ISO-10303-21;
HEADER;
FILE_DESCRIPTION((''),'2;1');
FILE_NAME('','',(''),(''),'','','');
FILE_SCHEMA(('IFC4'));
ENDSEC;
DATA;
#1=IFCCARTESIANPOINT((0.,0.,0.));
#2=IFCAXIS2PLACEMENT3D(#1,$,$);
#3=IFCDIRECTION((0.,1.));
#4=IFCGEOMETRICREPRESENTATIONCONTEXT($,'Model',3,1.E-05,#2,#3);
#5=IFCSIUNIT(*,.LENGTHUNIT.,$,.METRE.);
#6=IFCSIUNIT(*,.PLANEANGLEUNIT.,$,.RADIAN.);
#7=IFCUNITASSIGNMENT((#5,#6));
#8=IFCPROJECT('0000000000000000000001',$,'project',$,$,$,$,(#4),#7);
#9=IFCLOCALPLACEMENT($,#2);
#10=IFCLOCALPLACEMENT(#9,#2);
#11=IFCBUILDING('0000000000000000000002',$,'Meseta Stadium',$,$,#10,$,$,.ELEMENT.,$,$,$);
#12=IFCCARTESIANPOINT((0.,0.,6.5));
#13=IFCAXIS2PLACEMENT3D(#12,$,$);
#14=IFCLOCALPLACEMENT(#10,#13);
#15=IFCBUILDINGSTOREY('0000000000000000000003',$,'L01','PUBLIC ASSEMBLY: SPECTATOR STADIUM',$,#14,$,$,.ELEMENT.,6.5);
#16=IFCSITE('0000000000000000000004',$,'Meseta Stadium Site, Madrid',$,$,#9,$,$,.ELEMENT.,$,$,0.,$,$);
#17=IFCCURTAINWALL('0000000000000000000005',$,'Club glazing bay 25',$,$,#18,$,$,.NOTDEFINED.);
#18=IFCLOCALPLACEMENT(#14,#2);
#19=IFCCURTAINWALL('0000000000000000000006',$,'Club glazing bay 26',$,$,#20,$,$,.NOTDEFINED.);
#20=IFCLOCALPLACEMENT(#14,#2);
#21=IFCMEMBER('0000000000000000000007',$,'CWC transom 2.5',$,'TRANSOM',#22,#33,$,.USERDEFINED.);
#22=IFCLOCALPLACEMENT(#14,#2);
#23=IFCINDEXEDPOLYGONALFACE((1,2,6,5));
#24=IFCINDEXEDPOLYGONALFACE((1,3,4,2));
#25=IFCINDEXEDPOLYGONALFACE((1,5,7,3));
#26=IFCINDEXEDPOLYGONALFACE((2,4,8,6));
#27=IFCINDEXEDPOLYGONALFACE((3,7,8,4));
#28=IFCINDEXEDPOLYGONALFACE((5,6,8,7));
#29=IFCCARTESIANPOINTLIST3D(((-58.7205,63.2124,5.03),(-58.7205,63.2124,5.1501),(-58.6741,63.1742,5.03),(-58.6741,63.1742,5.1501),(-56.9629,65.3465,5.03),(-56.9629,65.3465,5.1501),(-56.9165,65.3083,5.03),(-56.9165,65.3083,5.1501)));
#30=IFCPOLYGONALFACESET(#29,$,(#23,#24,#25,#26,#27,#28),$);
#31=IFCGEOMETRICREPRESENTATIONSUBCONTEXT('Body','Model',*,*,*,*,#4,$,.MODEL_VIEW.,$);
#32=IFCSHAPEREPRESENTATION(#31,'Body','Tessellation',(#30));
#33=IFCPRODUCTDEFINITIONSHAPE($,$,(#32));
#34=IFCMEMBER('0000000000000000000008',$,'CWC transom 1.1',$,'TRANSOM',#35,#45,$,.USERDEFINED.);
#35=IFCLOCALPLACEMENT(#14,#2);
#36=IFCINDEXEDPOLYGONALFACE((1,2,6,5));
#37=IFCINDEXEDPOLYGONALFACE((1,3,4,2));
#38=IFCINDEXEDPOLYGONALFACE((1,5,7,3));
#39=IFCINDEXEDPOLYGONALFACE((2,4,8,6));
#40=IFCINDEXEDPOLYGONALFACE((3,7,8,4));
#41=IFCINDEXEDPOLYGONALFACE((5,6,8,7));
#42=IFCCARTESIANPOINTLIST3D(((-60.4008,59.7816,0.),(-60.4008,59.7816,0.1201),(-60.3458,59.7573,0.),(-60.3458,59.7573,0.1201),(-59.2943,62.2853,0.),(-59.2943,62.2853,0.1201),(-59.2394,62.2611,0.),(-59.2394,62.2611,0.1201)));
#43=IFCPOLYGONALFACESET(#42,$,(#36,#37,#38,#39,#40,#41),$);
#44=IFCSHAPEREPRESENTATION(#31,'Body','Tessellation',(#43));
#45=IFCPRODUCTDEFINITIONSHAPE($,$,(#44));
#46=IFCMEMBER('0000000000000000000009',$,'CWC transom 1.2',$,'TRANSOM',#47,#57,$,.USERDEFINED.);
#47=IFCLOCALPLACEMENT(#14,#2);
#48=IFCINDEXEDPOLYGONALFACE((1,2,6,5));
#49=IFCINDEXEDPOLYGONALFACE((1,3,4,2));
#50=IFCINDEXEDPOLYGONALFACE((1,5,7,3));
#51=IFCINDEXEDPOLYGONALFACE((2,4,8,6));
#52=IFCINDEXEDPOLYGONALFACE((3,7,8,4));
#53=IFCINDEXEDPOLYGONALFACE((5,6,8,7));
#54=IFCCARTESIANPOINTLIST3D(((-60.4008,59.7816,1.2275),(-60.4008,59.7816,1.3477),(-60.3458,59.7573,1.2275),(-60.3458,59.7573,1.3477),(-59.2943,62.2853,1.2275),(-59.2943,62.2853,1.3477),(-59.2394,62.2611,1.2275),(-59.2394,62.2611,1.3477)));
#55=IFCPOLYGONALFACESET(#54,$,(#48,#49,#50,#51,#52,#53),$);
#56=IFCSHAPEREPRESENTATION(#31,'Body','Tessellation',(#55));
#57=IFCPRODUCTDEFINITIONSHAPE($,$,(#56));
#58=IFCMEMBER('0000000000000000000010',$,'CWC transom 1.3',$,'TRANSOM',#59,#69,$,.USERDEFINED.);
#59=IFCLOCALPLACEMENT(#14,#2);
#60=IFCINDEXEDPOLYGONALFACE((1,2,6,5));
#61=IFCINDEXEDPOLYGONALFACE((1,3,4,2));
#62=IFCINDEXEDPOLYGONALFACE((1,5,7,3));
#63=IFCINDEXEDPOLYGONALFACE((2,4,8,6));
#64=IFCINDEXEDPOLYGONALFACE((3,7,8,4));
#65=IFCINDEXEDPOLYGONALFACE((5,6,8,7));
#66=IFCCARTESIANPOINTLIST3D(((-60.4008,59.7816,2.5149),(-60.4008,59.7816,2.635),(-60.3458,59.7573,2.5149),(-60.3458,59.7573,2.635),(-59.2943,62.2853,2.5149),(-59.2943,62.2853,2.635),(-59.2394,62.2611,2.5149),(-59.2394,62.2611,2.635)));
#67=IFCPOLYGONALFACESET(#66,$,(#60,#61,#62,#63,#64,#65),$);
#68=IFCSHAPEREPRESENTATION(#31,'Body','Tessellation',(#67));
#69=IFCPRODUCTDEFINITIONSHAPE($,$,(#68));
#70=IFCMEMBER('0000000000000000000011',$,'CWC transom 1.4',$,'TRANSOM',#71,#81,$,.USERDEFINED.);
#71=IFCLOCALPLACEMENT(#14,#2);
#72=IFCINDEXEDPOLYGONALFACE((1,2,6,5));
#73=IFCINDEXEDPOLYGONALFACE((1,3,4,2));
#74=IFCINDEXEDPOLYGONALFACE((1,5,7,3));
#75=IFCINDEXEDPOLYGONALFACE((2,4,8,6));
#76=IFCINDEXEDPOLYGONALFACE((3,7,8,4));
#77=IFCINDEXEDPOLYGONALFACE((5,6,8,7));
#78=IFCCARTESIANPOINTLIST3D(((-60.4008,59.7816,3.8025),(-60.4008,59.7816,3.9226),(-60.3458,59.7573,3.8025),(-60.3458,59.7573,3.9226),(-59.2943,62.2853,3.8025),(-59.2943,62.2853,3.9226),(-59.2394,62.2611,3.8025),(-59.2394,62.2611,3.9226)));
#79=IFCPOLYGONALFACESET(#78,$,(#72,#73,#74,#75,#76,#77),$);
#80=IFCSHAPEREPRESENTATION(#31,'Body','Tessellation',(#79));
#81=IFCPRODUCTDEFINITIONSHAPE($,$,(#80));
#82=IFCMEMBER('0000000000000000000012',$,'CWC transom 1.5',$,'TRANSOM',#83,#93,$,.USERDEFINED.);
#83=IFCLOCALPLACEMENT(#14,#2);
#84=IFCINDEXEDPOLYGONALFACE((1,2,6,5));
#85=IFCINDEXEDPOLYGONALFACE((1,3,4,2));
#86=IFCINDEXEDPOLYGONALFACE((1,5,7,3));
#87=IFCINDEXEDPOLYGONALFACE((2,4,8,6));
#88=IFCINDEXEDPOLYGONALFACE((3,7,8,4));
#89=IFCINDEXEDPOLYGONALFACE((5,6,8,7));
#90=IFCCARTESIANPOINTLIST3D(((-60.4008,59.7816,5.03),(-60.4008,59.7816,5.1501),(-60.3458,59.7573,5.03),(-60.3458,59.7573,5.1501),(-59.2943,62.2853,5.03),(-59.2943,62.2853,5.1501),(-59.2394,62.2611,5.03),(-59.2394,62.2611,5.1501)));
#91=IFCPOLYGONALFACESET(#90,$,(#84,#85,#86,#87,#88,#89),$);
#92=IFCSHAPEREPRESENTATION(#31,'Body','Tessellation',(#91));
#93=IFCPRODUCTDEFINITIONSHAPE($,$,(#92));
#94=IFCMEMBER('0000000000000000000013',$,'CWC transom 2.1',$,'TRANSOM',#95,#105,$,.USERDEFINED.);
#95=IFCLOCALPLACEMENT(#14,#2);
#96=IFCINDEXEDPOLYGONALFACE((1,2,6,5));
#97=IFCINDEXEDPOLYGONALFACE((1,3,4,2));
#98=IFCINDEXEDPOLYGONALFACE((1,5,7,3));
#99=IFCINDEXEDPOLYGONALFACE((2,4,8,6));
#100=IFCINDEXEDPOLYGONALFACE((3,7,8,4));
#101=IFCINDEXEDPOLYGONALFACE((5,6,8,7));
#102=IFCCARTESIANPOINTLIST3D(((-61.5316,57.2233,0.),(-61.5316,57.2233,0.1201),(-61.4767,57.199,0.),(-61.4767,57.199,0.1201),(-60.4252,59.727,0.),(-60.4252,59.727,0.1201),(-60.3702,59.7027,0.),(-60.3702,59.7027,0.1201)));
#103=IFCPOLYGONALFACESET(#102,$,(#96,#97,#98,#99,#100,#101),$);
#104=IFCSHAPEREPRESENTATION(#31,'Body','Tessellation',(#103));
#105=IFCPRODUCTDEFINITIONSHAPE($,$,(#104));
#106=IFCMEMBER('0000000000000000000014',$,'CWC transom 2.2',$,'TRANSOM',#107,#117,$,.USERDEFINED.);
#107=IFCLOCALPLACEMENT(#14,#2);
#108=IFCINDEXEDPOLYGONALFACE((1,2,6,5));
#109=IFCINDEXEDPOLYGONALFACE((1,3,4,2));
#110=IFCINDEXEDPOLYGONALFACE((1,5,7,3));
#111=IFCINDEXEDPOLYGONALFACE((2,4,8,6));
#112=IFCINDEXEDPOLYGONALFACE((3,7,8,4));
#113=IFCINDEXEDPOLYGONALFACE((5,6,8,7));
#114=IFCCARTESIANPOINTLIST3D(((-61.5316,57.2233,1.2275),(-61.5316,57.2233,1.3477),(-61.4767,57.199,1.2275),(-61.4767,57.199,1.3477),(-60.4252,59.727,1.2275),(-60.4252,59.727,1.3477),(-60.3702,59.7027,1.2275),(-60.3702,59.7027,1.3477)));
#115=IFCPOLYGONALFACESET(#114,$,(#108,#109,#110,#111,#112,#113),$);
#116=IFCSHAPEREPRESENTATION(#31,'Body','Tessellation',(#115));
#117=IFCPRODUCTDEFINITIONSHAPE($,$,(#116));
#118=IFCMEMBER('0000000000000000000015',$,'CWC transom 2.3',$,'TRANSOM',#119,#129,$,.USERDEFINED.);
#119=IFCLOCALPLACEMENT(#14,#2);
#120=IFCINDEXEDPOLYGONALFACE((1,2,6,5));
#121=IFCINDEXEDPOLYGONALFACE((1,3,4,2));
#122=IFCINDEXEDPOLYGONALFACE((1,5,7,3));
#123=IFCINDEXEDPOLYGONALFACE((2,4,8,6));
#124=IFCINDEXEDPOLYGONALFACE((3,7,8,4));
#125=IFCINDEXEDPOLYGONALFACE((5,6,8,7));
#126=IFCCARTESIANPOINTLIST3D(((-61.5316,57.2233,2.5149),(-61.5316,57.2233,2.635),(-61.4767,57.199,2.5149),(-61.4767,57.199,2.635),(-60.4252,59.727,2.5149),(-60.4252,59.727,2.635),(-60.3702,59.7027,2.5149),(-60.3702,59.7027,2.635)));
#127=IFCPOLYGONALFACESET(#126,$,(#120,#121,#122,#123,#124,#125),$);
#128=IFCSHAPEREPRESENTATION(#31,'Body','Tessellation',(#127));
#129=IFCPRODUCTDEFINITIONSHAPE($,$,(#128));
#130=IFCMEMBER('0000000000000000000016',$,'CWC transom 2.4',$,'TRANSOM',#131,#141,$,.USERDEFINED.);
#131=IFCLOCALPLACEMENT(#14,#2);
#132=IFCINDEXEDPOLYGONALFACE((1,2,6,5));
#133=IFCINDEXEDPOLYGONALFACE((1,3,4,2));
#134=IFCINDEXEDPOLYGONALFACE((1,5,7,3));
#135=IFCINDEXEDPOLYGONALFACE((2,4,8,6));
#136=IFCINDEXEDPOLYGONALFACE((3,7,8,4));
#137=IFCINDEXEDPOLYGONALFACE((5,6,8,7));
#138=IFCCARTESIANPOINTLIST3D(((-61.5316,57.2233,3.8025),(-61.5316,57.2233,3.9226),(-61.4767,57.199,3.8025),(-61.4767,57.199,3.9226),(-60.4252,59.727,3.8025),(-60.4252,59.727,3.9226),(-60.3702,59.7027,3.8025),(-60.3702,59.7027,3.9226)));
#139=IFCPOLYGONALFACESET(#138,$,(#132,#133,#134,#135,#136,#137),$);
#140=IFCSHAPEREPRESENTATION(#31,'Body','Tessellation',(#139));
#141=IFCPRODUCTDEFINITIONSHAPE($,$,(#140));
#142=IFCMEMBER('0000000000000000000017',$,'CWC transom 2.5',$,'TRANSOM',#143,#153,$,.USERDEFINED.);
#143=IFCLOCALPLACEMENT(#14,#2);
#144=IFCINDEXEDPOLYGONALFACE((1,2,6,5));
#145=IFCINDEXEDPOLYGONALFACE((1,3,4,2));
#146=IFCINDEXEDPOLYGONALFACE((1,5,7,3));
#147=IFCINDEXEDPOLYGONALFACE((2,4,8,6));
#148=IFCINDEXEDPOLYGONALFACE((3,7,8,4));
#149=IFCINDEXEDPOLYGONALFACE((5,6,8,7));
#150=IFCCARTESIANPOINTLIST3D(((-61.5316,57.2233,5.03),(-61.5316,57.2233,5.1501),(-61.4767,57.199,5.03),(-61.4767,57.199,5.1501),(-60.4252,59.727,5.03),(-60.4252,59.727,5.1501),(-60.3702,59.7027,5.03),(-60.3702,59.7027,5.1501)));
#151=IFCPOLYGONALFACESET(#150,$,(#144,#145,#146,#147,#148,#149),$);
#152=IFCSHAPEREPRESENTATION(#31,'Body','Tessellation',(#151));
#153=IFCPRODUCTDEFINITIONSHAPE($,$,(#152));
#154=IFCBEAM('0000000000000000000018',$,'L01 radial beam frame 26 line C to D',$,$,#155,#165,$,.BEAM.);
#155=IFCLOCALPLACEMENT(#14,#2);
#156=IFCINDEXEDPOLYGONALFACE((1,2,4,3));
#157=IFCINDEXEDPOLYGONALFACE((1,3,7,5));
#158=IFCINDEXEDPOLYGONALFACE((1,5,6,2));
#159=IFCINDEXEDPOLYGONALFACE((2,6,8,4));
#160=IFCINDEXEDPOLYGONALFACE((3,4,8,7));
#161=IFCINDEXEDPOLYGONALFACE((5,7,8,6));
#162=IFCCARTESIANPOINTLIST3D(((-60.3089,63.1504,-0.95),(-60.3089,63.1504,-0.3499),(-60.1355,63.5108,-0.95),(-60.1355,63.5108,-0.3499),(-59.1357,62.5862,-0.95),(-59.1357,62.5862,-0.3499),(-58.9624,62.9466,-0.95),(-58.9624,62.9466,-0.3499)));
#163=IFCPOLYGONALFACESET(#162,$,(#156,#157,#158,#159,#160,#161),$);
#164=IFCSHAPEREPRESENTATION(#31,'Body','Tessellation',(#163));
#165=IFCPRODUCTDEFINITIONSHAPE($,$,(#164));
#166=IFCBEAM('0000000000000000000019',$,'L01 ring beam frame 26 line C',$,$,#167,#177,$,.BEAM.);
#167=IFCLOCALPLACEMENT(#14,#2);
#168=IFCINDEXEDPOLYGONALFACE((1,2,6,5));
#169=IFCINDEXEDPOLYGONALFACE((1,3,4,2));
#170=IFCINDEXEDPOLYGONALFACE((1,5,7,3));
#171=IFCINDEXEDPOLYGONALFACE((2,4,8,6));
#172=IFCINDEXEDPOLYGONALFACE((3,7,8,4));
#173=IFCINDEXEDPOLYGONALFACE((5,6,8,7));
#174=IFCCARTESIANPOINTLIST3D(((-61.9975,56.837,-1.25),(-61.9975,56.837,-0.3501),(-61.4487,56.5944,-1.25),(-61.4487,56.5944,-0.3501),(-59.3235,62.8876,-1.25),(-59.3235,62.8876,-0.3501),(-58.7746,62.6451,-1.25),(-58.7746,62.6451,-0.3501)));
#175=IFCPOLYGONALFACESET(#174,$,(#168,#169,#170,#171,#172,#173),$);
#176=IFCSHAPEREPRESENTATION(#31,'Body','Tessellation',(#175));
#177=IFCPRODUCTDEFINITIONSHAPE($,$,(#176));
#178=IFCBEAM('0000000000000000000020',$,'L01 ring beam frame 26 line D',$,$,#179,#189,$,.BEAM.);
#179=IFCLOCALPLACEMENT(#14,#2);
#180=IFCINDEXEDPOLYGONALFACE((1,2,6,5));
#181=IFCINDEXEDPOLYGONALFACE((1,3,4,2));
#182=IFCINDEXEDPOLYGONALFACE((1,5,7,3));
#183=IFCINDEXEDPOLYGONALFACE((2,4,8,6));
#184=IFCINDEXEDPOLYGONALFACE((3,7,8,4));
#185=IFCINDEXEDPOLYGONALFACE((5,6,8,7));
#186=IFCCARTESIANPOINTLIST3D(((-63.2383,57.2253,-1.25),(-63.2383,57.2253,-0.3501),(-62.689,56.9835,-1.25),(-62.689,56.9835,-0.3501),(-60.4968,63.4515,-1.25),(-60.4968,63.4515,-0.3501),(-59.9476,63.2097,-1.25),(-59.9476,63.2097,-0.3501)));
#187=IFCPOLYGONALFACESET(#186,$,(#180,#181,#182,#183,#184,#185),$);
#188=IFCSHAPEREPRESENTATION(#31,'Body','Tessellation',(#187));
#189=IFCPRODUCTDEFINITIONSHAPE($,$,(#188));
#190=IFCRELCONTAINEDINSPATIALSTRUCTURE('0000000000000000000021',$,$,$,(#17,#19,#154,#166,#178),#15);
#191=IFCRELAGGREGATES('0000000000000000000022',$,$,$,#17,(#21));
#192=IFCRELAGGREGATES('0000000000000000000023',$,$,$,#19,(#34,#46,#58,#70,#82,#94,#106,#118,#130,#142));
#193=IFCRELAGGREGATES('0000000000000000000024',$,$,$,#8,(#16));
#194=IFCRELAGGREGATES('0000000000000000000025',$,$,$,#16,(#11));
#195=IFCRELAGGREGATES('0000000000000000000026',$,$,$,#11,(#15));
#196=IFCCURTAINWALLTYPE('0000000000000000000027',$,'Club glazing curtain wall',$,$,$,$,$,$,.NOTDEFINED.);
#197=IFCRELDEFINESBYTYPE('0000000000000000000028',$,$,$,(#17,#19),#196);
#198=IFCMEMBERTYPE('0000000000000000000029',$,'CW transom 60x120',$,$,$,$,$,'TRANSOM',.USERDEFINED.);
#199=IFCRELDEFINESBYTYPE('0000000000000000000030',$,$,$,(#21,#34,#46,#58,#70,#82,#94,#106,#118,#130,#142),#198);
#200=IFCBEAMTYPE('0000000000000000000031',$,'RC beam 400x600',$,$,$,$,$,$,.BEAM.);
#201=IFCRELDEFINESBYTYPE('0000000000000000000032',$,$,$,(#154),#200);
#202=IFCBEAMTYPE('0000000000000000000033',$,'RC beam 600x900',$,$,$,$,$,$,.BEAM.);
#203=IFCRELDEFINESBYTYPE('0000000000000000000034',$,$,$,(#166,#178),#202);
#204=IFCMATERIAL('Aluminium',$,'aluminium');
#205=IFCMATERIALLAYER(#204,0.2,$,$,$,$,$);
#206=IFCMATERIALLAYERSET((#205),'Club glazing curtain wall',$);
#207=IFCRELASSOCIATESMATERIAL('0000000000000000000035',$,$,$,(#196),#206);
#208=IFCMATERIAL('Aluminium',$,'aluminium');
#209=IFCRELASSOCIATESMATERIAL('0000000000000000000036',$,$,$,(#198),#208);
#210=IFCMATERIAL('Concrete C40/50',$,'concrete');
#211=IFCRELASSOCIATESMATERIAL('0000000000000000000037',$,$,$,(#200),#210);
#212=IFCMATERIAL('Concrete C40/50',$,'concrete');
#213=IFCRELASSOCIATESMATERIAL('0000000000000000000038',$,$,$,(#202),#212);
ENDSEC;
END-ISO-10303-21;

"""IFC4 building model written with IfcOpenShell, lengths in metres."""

from ifc_helpers import new_model, si_unit, direction, frame, origin, origin_2d, place, context, subcontext, project, spatial, rectangle, extrude, material, layer, layer_set, material_profile, profile_set, type_object, element, aggregate, save


model = new_model("IFC4")

# Units and contexts
model_context = context("Model", 3, precision=1e-05, world=origin(), true_north=direction((0.0, 1.0)))
body_context = subcontext(model_context, "Body", "Model", "MODEL_VIEW")
ifc_project = project(units=[si_unit("LENGTHUNIT", "METRE"), si_unit("PLANEANGLEUNIT", "RADIAN")], contexts=[model_context])

# Site, building, storey
site_placement = place(None, origin())
site = spatial("IfcSite", under=ifc_project, at=site_placement, Name="Meseta Stadium Site, Madrid", CompositionType="ELEMENT", RefElevation=0.0)
building_placement = place(site_placement, origin())
building = spatial("IfcBuilding", under=site, at=building_placement, Name="Meseta Stadium", CompositionType="ELEMENT")
storey_placement = place(building_placement, frame((0.0, 0.0, 6.5)))
storey = spatial("IfcBuildingStorey", under=building, at=storey_placement, Name="L01", Description="PUBLIC ASSEMBLY: SPECTATOR STADIUM", CompositionType="ELEMENT", Elevation=6.5)

# Curtain wall
ifc_material_1 = material(Name="Aluminium", Category="aluminium")
ifc_layer_1 = layer(ifc_material_1, 0.2)
ifc_layer_set_1 = layer_set([ifc_layer_1], Name="Club glazing curtain wall")
curtain_wall_type = type_object("IfcCurtainWallType", Name="Club glazing curtain wall", PredefinedType="NOTDEFINED", material=ifc_layer_set_1)
curtain_wall_1_placement = place(storey_placement, origin())
curtain_wall_1 = element("IfcCurtainWall", 1, at=curtain_wall_1_placement, inside=storey, type_object=curtain_wall_type, Name="Club glazing bay 25", PredefinedType="NOTDEFINED")

# Curtain wall
curtain_wall_2_placement = place(storey_placement, origin())
curtain_wall_2 = element("IfcCurtainWall", 2, at=curtain_wall_2_placement, inside=storey, type_object=curtain_wall_type, Name="Club glazing bay 26", PredefinedType="NOTDEFINED")

# Members
ifc_material_2 = material(Name="Aluminium", Category="aluminium")
ifc_material_profile_1 = material_profile(ifc_material_2, rectangle(XDim=0.0601, YDim=0.1201, at=origin_2d()), Name="CW 60x120")
ifc_profile_set_1 = profile_set([ifc_material_profile_1], Name="Aluminium")
member_type_1 = type_object("IfcMemberType", Name="CW transom 60x120", ElementType="TRANSOM", PredefinedType="USERDEFINED", material=ifc_profile_set_1)
member_1_placement = place(storey_placement, frame((-56.9397, 65.3274, 5.0901), z_axis=(-0.635735, -0.771907, 0.0), x_axis=(0.771907, -0.635735, 0.0)))
member_1 = element("IfcMember", 3, at=member_1_placement, type_object=member_type_1, Name="CWC transom 2.5", ObjectType="TRANSOM", PredefinedType="USERDEFINED", context=body_context, shape_type="SweptSolid", body=[
    extrude(rectangle(XDim=0.0601, YDim=0.1201, at=origin_2d()), origin(), (0.0, 0.0, 1.0), 2.7646),
])
member_2_placement = place(storey_placement, frame((-59.2668, 62.2732, 0.0601), z_axis=(-0.404218, -0.914663, 0.0), x_axis=(0.914663, -0.404218, 0.0)))
member_2 = element("IfcMember", 4, at=member_2_placement, type_object=member_type_1, Name="CWC transom 1.1", ObjectType="TRANSOM", PredefinedType="USERDEFINED", context=body_context, shape_type="SweptSolid", body=[
    extrude(rectangle(XDim=0.0601, YDim=0.1201, at=origin_2d()), origin(), (0.0, 0.0, 1.0), 2.7373),
])
member_3_placement = place(storey_placement, frame((-59.2668, 62.2732, 1.2876), z_axis=(-0.404218, -0.914663, 0.0), x_axis=(0.914663, -0.404218, 0.0)))
member_3 = element("IfcMember", 5, at=member_3_placement, type_object=member_type_1, Name="CWC transom 1.2", ObjectType="TRANSOM", PredefinedType="USERDEFINED", context=body_context, shape_type="SweptSolid", body=[
    extrude(rectangle(XDim=0.0601, YDim=0.1201, at=origin_2d()), origin(), (0.0, 0.0, 1.0), 2.7373),
])
member_4_placement = place(storey_placement, frame((-59.2668, 62.2732, 2.575), z_axis=(-0.404218, -0.914663, 0.0), x_axis=(0.914663, -0.404218, 0.0)))
member_4 = element("IfcMember", 6, at=member_4_placement, type_object=member_type_1, Name="CWC transom 1.3", ObjectType="TRANSOM", PredefinedType="USERDEFINED", context=body_context, shape_type="SweptSolid", body=[
    extrude(rectangle(XDim=0.0601, YDim=0.1201, at=origin_2d()), origin(), (0.0, 0.0, 1.0), 2.7373),
])
member_5_placement = place(storey_placement, frame((-59.2668, 62.2732, 3.8625), z_axis=(-0.404218, -0.914663, 0.0), x_axis=(0.914663, -0.404218, 0.0)))
member_5 = element("IfcMember", 7, at=member_5_placement, type_object=member_type_1, Name="CWC transom 1.4", ObjectType="TRANSOM", PredefinedType="USERDEFINED", context=body_context, shape_type="SweptSolid", body=[
    extrude(rectangle(XDim=0.0601, YDim=0.1201, at=origin_2d()), origin(), (0.0, 0.0, 1.0), 2.7373),
])
member_6_placement = place(storey_placement, frame((-59.2668, 62.2732, 5.0901), z_axis=(-0.404218, -0.914663, 0.0), x_axis=(0.914663, -0.404218, 0.0)))
member_6 = element("IfcMember", 8, at=member_6_placement, type_object=member_type_1, Name="CWC transom 1.5", ObjectType="TRANSOM", PredefinedType="USERDEFINED", context=body_context, shape_type="SweptSolid", body=[
    extrude(rectangle(XDim=0.0601, YDim=0.1201, at=origin_2d()), origin(), (0.0, 0.0, 1.0), 2.7373),
])
member_7_placement = place(storey_placement, frame((-60.3977, 59.7148, 0.0601), z_axis=(-0.404218, -0.914663, 0.0), x_axis=(0.914663, -0.404218, 0.0)))
member_7 = element("IfcMember", 9, at=member_7_placement, type_object=member_type_1, Name="CWC transom 2.1", ObjectType="TRANSOM", PredefinedType="USERDEFINED", context=body_context, shape_type="SweptSolid", body=[
    extrude(rectangle(XDim=0.0601, YDim=0.1201, at=origin_2d()), origin(), (0.0, 0.0, 1.0), 2.7373),
])
member_8_placement = place(storey_placement, frame((-60.3977, 59.7148, 1.2876), z_axis=(-0.404218, -0.914663, 0.0), x_axis=(0.914663, -0.404218, 0.0)))
member_8 = element("IfcMember", 10, at=member_8_placement, type_object=member_type_1, Name="CWC transom 2.2", ObjectType="TRANSOM", PredefinedType="USERDEFINED", context=body_context, shape_type="SweptSolid", body=[
    extrude(rectangle(XDim=0.0601, YDim=0.1201, at=origin_2d()), origin(), (0.0, 0.0, 1.0), 2.7373),
])
member_9_placement = place(storey_placement, frame((-60.3977, 59.7148, 2.575), z_axis=(-0.404218, -0.914663, 0.0), x_axis=(0.914663, -0.404218, 0.0)))
member_9 = element("IfcMember", 11, at=member_9_placement, type_object=member_type_1, Name="CWC transom 2.3", ObjectType="TRANSOM", PredefinedType="USERDEFINED", context=body_context, shape_type="SweptSolid", body=[
    extrude(rectangle(XDim=0.0601, YDim=0.1201, at=origin_2d()), origin(), (0.0, 0.0, 1.0), 2.7373),
])
member_10_placement = place(storey_placement, frame((-60.3977, 59.7148, 3.8625), z_axis=(-0.404218, -0.914663, 0.0), x_axis=(0.914663, -0.404218, 0.0)))
member_10 = element("IfcMember", 12, at=member_10_placement, type_object=member_type_1, Name="CWC transom 2.4", ObjectType="TRANSOM", PredefinedType="USERDEFINED", context=body_context, shape_type="SweptSolid", body=[
    extrude(rectangle(XDim=0.0601, YDim=0.1201, at=origin_2d()), origin(), (0.0, 0.0, 1.0), 2.7373),
])
member_11_placement = place(storey_placement, frame((-60.3977, 59.7148, 5.0901), z_axis=(-0.404218, -0.914663, 0.0), x_axis=(0.914663, -0.404218, 0.0)))
member_11 = element("IfcMember", 13, at=member_11_placement, type_object=member_type_1, Name="CWC transom 2.5", ObjectType="TRANSOM", PredefinedType="USERDEFINED", context=body_context, shape_type="SweptSolid", body=[
    extrude(rectangle(XDim=0.0601, YDim=0.1201, at=origin_2d()), origin(), (0.0, 0.0, 1.0), 2.7373),
])

# Beams
ifc_material_3 = material(Name="Concrete C40/50", Category="concrete")
ifc_material_profile_2 = material_profile(ifc_material_3, rectangle(XDim=0.3999, YDim=0.6001, at=origin_2d()), Name="RC 400x600")
ifc_profile_set_2 = profile_set([ifc_material_profile_2], Name="Concrete C40/50")
beam_type_1 = type_object("IfcBeamType", Name="RC beam 400x600", PredefinedType="BEAM", material=ifc_profile_set_2)
beam_1_placement = place(storey_placement, frame((-59.0491, 62.7664, -0.6499), z_axis=(-0.901186, 0.433432, 0.0), x_axis=(-0.433432, -0.901186, 0.0)))
element("IfcBeam", 14, at=beam_1_placement, inside=storey, type_object=beam_type_1, Name="L01 radial beam frame 26 line C to D", PredefinedType="BEAM", context=body_context, shape_type="SweptSolid", body=[
    extrude(rectangle(XDim=0.3999, YDim=0.6001, at=origin_2d()), origin(), (0.0, 0.0, 1.0), 1.3018),
])
ifc_material_4 = material(Name="Concrete C40/50", Category="concrete")
ifc_material_profile_3 = material_profile(ifc_material_4, rectangle(XDim=0.6001, YDim=0.8999, at=origin_2d()), Name="RC 600x900")
ifc_profile_set_3 = profile_set([ifc_material_profile_3], Name="Concrete C40/50")
beam_type_2 = type_object("IfcBeamType", Name="RC beam 600x900", PredefinedType="BEAM", material=ifc_profile_set_3)
beam_2_placement = place(storey_placement, frame((-59.0491, 62.7664, -0.8), z_axis=(-0.404223, -0.91466, 0.0), x_axis=(0.91466, -0.404223, 0.0)))
element("IfcBeam", 15, at=beam_2_placement, inside=storey, type_object=beam_type_2, Name="L01 ring beam frame 26 line C", PredefinedType="BEAM", context=body_context, shape_type="SweptSolid", body=[
    extrude(rectangle(XDim=0.6001, YDim=0.8999, at=origin_2d()), origin(), (0.0, 0.0, 1.0), 6.6152),
])
beam_3_placement = place(storey_placement, frame((-60.2222, 63.3306, -0.8), z_axis=(-0.402983, -0.915208, 0.0), x_axis=(0.915208, -0.402983, 0.0)))
element("IfcBeam", 16, at=beam_3_placement, inside=storey, type_object=beam_type_2, Name="L01 ring beam frame 26 line D", PredefinedType="BEAM", context=body_context, shape_type="SweptSolid", body=[
    extrude(rectangle(XDim=0.6001, YDim=0.8999, at=origin_2d()), origin(), (0.0, 0.0, 1.0), 6.803),
])

aggregate(curtain_wall_1, [member_1])
aggregate(curtain_wall_2, [member_2, member_3, member_4, member_5, member_6, member_7, member_8, member_9, member_10, member_11])

save(model, "model.ifc")
